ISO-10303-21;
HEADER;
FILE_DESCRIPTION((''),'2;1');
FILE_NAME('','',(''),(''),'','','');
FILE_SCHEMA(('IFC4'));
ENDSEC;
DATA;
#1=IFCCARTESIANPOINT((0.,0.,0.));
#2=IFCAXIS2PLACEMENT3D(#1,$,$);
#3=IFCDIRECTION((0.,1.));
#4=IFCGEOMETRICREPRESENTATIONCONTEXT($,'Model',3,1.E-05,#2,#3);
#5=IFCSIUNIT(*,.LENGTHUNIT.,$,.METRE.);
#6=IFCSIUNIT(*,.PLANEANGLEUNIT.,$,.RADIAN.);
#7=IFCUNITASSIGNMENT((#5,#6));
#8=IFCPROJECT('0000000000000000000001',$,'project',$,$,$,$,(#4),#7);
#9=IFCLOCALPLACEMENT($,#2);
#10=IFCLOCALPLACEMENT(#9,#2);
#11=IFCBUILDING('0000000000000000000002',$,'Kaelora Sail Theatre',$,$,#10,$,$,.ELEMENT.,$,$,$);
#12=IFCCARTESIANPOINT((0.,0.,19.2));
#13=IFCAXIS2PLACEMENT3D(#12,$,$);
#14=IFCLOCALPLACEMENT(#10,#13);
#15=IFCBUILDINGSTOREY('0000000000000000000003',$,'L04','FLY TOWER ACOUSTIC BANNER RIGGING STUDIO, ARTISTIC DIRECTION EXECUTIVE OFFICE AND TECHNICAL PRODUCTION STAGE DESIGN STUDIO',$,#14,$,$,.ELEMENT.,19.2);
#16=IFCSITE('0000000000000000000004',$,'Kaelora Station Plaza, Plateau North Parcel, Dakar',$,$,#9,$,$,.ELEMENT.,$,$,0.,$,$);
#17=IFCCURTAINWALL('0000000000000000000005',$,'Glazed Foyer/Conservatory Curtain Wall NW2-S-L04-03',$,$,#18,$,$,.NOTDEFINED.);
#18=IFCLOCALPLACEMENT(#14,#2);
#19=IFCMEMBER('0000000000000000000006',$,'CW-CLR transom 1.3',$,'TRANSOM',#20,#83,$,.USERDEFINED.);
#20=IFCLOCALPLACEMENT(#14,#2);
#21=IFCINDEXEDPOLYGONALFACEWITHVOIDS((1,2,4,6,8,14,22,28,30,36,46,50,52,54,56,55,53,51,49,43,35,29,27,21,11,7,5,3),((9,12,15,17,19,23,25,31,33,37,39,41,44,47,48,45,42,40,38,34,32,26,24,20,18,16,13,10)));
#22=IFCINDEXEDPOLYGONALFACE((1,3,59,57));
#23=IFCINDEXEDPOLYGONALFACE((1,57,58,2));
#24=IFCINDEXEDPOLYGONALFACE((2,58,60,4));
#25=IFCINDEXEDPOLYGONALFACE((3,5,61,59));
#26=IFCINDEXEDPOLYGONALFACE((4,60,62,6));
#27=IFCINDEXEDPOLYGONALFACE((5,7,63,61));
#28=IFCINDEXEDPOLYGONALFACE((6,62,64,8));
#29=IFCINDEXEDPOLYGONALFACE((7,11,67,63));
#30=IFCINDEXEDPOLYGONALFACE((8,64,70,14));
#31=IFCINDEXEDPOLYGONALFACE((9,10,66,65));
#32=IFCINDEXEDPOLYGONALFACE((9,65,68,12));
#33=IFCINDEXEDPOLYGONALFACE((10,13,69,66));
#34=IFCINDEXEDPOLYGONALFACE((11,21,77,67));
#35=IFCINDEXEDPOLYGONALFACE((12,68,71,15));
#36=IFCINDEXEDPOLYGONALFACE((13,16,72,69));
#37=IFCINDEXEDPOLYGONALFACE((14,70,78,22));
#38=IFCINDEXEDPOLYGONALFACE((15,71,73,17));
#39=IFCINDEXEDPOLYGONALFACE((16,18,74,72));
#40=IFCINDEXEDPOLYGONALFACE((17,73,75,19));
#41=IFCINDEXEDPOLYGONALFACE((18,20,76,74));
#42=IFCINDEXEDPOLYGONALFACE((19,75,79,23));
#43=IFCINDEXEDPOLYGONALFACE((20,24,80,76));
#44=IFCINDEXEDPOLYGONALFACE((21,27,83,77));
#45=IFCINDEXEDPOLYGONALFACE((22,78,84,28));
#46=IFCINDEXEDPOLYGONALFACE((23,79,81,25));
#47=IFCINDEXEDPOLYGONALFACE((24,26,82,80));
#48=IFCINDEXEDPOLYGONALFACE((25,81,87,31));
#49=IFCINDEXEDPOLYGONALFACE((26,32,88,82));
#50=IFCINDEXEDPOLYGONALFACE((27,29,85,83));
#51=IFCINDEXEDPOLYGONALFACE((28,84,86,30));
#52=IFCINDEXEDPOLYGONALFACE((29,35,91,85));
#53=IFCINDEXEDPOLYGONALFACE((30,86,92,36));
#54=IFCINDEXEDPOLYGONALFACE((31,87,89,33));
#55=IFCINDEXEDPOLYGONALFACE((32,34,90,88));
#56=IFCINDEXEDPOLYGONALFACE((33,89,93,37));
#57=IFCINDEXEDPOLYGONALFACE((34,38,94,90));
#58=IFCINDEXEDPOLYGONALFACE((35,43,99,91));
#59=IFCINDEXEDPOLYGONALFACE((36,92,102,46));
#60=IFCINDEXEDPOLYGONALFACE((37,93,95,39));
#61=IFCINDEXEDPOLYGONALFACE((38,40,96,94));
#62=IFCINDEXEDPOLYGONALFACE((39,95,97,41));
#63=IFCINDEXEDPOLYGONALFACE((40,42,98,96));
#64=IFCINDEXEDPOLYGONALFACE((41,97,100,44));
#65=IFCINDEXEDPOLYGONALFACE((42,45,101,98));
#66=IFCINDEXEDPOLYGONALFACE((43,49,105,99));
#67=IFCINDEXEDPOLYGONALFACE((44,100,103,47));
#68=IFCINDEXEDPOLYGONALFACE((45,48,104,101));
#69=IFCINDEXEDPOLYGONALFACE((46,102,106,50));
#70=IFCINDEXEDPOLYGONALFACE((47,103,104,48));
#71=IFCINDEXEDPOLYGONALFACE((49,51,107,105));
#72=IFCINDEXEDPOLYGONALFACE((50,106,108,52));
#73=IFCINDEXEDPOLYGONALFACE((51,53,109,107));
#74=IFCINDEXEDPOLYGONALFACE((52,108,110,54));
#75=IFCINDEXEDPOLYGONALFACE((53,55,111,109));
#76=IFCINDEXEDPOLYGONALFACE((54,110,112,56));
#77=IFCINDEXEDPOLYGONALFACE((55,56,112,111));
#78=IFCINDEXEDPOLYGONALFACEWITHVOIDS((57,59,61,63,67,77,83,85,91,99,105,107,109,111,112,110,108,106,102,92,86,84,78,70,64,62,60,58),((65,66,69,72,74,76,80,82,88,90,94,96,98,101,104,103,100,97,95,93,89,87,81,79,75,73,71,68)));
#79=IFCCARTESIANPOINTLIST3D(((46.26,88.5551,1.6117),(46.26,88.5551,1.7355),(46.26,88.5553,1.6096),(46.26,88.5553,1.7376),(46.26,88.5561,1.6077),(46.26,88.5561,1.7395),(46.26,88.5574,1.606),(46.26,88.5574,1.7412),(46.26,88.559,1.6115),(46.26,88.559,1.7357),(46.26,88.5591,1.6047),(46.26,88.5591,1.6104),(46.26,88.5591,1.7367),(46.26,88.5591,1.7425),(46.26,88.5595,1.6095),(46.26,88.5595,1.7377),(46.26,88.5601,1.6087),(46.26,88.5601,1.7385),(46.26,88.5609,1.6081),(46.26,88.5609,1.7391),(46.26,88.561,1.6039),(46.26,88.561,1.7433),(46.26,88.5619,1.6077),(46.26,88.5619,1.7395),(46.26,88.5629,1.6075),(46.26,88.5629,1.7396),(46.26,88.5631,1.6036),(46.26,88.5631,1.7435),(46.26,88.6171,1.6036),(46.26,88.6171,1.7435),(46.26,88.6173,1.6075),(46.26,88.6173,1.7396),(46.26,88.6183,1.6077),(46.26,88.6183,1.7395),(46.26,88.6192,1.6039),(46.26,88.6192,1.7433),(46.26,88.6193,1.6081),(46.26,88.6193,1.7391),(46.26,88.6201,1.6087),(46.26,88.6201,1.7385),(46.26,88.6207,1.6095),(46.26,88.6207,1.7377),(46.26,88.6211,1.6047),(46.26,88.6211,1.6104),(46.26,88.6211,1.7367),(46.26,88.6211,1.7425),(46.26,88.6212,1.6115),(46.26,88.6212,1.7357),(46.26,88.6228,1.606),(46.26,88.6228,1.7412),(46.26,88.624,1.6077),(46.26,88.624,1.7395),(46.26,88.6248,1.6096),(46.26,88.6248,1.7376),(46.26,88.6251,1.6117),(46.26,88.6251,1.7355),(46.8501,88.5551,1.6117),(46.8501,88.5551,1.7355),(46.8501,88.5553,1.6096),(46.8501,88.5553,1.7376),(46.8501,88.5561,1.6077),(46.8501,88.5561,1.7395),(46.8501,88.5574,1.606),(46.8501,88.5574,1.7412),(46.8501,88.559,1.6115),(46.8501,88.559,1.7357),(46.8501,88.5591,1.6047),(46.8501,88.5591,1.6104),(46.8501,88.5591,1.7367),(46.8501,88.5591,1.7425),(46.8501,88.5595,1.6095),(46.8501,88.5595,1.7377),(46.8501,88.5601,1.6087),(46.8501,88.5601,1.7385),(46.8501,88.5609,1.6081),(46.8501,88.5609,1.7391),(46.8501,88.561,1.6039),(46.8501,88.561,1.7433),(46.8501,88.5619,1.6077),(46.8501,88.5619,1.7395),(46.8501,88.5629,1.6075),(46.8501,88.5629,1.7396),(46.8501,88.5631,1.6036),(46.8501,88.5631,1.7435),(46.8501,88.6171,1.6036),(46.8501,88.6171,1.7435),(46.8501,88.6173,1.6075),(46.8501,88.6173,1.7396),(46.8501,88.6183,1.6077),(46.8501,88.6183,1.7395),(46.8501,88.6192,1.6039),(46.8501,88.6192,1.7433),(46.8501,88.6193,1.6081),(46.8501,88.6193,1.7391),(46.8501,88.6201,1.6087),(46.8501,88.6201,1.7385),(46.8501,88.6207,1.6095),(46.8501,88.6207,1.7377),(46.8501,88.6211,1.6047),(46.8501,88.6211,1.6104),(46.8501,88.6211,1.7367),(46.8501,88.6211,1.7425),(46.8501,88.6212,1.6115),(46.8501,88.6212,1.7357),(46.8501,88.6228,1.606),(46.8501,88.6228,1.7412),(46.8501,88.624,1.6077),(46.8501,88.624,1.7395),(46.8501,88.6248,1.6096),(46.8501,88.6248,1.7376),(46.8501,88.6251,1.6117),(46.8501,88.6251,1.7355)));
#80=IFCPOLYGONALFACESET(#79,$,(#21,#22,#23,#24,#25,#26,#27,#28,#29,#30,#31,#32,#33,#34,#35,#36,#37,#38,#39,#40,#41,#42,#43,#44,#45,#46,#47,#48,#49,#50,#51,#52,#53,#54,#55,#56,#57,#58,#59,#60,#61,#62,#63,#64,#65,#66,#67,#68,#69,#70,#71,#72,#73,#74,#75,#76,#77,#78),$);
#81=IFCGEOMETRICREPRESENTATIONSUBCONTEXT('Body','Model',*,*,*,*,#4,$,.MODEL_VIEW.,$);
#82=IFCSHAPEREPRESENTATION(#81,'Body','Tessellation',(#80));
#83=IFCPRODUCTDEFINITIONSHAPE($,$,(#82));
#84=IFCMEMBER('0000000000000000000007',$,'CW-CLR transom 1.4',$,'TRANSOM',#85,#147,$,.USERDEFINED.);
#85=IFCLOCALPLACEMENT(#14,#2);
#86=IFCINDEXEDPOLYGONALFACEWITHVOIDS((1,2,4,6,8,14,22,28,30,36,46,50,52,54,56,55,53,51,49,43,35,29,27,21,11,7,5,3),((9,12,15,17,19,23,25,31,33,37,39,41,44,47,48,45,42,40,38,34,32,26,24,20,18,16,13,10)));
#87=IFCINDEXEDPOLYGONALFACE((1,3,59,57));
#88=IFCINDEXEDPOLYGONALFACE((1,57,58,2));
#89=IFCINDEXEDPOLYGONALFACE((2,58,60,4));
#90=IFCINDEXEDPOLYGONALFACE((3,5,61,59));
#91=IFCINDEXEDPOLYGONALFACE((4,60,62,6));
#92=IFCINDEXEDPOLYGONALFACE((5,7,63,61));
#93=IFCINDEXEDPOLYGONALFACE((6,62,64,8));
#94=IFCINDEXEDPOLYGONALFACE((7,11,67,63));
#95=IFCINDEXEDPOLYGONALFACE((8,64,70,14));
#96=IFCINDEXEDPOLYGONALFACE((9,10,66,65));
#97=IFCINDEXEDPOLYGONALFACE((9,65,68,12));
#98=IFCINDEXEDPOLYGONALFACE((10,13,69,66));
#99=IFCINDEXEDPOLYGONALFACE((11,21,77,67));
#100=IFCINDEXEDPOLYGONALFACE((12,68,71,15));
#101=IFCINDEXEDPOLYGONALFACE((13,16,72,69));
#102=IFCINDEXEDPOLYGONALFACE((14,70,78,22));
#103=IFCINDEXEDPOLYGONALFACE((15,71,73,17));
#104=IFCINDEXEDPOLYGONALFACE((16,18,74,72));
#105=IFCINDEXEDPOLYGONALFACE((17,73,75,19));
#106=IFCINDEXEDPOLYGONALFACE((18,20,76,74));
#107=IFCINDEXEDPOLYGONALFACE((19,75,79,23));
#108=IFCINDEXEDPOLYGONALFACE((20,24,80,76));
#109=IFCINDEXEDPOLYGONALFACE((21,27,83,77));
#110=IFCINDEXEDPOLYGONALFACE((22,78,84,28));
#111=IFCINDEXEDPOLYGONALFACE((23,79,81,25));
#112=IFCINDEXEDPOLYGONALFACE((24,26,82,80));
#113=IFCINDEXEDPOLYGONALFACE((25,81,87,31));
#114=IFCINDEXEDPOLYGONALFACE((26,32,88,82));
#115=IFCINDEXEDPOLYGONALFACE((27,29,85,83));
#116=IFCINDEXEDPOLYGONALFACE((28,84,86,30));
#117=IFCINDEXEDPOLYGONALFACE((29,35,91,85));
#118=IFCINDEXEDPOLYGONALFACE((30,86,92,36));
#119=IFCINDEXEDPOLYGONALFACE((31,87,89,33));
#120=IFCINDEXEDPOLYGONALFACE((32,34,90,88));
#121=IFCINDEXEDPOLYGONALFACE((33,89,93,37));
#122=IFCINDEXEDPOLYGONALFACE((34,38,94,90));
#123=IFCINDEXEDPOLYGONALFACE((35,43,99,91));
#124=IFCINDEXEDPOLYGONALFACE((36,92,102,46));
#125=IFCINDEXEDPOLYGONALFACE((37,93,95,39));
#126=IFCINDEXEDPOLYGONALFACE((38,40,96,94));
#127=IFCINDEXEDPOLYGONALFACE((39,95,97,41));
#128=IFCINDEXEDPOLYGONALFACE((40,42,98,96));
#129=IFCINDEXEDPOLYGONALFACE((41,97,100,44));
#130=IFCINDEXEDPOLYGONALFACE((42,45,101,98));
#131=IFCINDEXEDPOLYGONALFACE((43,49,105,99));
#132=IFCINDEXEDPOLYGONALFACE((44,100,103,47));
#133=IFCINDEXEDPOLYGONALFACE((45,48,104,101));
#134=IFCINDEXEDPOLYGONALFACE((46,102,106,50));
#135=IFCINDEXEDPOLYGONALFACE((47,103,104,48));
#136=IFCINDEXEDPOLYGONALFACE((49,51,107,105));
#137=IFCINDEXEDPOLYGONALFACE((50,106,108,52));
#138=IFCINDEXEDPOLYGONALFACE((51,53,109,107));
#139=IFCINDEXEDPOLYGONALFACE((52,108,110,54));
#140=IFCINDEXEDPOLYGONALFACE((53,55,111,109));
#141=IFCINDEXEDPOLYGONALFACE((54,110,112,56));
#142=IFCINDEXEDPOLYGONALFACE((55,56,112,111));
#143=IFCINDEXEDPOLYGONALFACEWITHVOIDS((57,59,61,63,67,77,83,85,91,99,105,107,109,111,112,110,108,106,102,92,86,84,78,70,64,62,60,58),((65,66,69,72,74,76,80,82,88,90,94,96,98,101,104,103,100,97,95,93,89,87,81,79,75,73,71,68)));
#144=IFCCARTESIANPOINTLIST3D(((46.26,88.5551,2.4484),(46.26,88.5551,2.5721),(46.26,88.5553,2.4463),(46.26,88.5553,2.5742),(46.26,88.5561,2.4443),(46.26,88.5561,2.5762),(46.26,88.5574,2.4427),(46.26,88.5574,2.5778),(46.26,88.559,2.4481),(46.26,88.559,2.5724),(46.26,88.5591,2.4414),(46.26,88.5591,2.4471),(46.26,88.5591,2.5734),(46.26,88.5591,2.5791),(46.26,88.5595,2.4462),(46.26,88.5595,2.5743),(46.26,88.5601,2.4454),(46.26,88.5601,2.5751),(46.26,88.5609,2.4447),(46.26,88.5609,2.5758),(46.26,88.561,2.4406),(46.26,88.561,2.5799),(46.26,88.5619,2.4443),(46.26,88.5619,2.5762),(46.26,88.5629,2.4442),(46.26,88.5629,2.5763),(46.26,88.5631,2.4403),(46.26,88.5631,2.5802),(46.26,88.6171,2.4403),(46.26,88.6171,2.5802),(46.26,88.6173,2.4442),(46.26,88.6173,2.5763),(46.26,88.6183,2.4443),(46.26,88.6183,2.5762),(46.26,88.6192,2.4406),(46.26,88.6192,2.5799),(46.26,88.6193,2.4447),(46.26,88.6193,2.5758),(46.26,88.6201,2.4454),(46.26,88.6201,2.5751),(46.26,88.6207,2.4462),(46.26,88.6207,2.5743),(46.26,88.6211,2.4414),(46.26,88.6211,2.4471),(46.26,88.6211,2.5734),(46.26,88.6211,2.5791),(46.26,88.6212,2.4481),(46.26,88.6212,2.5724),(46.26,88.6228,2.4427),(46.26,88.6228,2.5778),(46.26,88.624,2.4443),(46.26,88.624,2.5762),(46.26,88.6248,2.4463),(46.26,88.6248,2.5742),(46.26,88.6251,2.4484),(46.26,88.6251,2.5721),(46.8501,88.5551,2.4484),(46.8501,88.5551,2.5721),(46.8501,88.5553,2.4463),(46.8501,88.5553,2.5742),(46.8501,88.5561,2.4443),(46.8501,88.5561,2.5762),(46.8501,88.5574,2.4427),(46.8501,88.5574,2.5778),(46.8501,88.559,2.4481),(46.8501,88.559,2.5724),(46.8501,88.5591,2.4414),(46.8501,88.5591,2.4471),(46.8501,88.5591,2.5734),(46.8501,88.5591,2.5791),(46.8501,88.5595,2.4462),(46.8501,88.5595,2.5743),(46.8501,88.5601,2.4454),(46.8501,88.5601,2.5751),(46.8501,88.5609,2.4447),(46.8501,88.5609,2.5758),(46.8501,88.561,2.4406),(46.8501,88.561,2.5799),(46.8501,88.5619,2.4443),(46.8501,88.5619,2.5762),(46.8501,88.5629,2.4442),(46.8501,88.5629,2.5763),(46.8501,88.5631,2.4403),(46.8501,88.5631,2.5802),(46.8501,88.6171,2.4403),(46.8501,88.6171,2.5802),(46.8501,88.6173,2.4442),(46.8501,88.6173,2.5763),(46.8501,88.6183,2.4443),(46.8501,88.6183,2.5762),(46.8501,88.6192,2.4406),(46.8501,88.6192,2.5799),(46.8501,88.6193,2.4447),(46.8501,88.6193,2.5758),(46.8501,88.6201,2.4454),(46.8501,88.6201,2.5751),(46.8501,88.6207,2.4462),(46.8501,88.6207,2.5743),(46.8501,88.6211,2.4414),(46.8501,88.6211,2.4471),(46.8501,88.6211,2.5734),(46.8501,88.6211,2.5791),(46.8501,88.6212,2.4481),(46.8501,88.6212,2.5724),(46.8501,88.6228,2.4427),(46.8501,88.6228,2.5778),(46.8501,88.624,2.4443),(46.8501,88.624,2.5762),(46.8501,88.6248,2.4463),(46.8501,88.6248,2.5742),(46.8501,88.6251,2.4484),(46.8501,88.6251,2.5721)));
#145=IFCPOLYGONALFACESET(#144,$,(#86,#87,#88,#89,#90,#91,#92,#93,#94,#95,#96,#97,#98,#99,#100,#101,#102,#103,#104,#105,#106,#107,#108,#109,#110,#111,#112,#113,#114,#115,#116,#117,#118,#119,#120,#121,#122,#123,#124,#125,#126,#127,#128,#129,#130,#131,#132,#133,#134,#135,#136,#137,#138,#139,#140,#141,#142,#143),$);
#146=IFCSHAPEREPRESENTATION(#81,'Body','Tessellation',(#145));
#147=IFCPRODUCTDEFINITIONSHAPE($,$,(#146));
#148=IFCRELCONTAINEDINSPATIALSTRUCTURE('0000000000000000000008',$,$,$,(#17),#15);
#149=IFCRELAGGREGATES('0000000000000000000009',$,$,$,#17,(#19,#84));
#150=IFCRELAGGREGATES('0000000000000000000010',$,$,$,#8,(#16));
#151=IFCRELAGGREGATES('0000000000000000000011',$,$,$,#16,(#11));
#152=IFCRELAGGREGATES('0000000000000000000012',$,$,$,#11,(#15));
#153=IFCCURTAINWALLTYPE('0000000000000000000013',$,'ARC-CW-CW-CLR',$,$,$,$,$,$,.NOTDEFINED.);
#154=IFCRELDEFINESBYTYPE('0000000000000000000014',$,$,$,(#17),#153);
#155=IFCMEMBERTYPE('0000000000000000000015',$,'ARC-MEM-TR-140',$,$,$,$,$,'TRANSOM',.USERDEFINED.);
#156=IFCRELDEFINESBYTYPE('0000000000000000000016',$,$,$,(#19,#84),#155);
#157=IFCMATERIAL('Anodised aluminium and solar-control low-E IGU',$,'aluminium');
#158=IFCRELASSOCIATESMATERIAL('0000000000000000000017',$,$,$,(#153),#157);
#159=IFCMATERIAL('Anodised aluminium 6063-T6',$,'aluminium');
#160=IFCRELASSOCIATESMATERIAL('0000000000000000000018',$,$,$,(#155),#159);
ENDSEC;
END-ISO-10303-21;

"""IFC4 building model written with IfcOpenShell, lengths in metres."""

from ifc_helpers import new_model, si_unit, direction, frame, origin, origin_2d, place, context, subcontext, project, spatial, hollow_rectangle, extrude, material, material_profile, profile_set, type_object, element, aggregate, save


model = new_model("IFC4")

# Units and contexts
model_context = context("Model", 3, precision=1e-05, world=origin(), true_north=direction((0.0, 1.0)))
body_context = subcontext(model_context, "Body", "Model", "MODEL_VIEW")
ifc_project = project(units=[si_unit("LENGTHUNIT", "METRE"), si_unit("PLANEANGLEUNIT", "RADIAN")], contexts=[model_context])

# Site, building, storey
site_placement = place(None, origin())
site = spatial("IfcSite", under=ifc_project, at=site_placement, Name="Kaelora Station Plaza, Plateau North Parcel, Dakar", CompositionType="ELEMENT", RefElevation=0.0)
building_placement = place(site_placement, origin())
building = spatial("IfcBuilding", under=site, at=building_placement, Name="Kaelora Sail Theatre", CompositionType="ELEMENT")
storey_placement = place(building_placement, frame((0.0, 0.0, 19.2)))
storey = spatial("IfcBuildingStorey", under=building, at=storey_placement, Name="L04", Description="FLY TOWER ACOUSTIC BANNER RIGGING STUDIO, ARTISTIC DIRECTION EXECUTIVE OFFICE AND TECHNICAL PRODUCTION STAGE DESIGN STUDIO", CompositionType="ELEMENT", Elevation=19.2)

# Curtain wall, members
ifc_material_1 = material(Name="Anodised aluminium and solar-control low-E IGU", Category="aluminium")
curtain_wall_type = type_object("IfcCurtainWallType", Name="ARC-CW-CW-CLR", PredefinedType="NOTDEFINED", material=ifc_material_1)
curtain_wall_placement = place(storey_placement, origin())
curtain_wall = element("IfcCurtainWall", 1, at=curtain_wall_placement, inside=storey, type_object=curtain_wall_type, Name="Glazed Foyer/Conservatory Curtain Wall NW2-S-L04-03", PredefinedType="NOTDEFINED")
ifc_material_2 = material(Name="Anodised aluminium 6063-T6", Category="aluminium")
ifc_material_profile = material_profile(ifc_material_2, hollow_rectangle(XDim=0.0701, YDim=0.1399, WallThickness=0.0039, InnerFilletRadius=0.0039, OuterFilletRadius=0.0081, at=origin_2d()), Name="ALU-TRAN 70x140x4")
ifc_profile_set = profile_set([ifc_material_profile], Name="Anodised aluminium 6063-T6")
member_type = type_object("IfcMemberType", Name="ARC-MEM-TR-140", ElementType="TRANSOM", PredefinedType="USERDEFINED", material=ifc_profile_set)
member_1_placement = place(storey_placement, frame((46.26, 88.5901, 1.6736), z_axis=(1.0, 0.0, 0.0), x_axis=(0.0, 1.0, 0.0)))
member_1 = element("IfcMember", 2, at=member_1_placement, type_object=member_type, Name="CW-CLR transom 1.3", ObjectType="TRANSOM", PredefinedType="USERDEFINED", context=body_context, shape_type="SweptSolid", body=[
    extrude(hollow_rectangle(XDim=0.0701, YDim=0.1399, WallThickness=0.0039, InnerFilletRadius=0.0039, OuterFilletRadius=0.0081, at=origin_2d()), origin(), (0.0, 0.0, 1.0), 0.5901),
])
member_2_placement = place(storey_placement, frame((46.26, 88.5901, 2.5103), z_axis=(1.0, 0.0, 0.0), x_axis=(0.0, 1.0, 0.0)))
member_2 = element("IfcMember", 3, at=member_2_placement, type_object=member_type, Name="CW-CLR transom 1.4", ObjectType="TRANSOM", PredefinedType="USERDEFINED", context=body_context, shape_type="SweptSolid", body=[
    extrude(hollow_rectangle(XDim=0.0701, YDim=0.1399, WallThickness=0.0039, InnerFilletRadius=0.0039, OuterFilletRadius=0.0081, at=origin_2d()), origin(), (0.0, 0.0, 1.0), 0.5901),
])
aggregate(curtain_wall, [member_1, member_2])

save(model, "model.ifc")
